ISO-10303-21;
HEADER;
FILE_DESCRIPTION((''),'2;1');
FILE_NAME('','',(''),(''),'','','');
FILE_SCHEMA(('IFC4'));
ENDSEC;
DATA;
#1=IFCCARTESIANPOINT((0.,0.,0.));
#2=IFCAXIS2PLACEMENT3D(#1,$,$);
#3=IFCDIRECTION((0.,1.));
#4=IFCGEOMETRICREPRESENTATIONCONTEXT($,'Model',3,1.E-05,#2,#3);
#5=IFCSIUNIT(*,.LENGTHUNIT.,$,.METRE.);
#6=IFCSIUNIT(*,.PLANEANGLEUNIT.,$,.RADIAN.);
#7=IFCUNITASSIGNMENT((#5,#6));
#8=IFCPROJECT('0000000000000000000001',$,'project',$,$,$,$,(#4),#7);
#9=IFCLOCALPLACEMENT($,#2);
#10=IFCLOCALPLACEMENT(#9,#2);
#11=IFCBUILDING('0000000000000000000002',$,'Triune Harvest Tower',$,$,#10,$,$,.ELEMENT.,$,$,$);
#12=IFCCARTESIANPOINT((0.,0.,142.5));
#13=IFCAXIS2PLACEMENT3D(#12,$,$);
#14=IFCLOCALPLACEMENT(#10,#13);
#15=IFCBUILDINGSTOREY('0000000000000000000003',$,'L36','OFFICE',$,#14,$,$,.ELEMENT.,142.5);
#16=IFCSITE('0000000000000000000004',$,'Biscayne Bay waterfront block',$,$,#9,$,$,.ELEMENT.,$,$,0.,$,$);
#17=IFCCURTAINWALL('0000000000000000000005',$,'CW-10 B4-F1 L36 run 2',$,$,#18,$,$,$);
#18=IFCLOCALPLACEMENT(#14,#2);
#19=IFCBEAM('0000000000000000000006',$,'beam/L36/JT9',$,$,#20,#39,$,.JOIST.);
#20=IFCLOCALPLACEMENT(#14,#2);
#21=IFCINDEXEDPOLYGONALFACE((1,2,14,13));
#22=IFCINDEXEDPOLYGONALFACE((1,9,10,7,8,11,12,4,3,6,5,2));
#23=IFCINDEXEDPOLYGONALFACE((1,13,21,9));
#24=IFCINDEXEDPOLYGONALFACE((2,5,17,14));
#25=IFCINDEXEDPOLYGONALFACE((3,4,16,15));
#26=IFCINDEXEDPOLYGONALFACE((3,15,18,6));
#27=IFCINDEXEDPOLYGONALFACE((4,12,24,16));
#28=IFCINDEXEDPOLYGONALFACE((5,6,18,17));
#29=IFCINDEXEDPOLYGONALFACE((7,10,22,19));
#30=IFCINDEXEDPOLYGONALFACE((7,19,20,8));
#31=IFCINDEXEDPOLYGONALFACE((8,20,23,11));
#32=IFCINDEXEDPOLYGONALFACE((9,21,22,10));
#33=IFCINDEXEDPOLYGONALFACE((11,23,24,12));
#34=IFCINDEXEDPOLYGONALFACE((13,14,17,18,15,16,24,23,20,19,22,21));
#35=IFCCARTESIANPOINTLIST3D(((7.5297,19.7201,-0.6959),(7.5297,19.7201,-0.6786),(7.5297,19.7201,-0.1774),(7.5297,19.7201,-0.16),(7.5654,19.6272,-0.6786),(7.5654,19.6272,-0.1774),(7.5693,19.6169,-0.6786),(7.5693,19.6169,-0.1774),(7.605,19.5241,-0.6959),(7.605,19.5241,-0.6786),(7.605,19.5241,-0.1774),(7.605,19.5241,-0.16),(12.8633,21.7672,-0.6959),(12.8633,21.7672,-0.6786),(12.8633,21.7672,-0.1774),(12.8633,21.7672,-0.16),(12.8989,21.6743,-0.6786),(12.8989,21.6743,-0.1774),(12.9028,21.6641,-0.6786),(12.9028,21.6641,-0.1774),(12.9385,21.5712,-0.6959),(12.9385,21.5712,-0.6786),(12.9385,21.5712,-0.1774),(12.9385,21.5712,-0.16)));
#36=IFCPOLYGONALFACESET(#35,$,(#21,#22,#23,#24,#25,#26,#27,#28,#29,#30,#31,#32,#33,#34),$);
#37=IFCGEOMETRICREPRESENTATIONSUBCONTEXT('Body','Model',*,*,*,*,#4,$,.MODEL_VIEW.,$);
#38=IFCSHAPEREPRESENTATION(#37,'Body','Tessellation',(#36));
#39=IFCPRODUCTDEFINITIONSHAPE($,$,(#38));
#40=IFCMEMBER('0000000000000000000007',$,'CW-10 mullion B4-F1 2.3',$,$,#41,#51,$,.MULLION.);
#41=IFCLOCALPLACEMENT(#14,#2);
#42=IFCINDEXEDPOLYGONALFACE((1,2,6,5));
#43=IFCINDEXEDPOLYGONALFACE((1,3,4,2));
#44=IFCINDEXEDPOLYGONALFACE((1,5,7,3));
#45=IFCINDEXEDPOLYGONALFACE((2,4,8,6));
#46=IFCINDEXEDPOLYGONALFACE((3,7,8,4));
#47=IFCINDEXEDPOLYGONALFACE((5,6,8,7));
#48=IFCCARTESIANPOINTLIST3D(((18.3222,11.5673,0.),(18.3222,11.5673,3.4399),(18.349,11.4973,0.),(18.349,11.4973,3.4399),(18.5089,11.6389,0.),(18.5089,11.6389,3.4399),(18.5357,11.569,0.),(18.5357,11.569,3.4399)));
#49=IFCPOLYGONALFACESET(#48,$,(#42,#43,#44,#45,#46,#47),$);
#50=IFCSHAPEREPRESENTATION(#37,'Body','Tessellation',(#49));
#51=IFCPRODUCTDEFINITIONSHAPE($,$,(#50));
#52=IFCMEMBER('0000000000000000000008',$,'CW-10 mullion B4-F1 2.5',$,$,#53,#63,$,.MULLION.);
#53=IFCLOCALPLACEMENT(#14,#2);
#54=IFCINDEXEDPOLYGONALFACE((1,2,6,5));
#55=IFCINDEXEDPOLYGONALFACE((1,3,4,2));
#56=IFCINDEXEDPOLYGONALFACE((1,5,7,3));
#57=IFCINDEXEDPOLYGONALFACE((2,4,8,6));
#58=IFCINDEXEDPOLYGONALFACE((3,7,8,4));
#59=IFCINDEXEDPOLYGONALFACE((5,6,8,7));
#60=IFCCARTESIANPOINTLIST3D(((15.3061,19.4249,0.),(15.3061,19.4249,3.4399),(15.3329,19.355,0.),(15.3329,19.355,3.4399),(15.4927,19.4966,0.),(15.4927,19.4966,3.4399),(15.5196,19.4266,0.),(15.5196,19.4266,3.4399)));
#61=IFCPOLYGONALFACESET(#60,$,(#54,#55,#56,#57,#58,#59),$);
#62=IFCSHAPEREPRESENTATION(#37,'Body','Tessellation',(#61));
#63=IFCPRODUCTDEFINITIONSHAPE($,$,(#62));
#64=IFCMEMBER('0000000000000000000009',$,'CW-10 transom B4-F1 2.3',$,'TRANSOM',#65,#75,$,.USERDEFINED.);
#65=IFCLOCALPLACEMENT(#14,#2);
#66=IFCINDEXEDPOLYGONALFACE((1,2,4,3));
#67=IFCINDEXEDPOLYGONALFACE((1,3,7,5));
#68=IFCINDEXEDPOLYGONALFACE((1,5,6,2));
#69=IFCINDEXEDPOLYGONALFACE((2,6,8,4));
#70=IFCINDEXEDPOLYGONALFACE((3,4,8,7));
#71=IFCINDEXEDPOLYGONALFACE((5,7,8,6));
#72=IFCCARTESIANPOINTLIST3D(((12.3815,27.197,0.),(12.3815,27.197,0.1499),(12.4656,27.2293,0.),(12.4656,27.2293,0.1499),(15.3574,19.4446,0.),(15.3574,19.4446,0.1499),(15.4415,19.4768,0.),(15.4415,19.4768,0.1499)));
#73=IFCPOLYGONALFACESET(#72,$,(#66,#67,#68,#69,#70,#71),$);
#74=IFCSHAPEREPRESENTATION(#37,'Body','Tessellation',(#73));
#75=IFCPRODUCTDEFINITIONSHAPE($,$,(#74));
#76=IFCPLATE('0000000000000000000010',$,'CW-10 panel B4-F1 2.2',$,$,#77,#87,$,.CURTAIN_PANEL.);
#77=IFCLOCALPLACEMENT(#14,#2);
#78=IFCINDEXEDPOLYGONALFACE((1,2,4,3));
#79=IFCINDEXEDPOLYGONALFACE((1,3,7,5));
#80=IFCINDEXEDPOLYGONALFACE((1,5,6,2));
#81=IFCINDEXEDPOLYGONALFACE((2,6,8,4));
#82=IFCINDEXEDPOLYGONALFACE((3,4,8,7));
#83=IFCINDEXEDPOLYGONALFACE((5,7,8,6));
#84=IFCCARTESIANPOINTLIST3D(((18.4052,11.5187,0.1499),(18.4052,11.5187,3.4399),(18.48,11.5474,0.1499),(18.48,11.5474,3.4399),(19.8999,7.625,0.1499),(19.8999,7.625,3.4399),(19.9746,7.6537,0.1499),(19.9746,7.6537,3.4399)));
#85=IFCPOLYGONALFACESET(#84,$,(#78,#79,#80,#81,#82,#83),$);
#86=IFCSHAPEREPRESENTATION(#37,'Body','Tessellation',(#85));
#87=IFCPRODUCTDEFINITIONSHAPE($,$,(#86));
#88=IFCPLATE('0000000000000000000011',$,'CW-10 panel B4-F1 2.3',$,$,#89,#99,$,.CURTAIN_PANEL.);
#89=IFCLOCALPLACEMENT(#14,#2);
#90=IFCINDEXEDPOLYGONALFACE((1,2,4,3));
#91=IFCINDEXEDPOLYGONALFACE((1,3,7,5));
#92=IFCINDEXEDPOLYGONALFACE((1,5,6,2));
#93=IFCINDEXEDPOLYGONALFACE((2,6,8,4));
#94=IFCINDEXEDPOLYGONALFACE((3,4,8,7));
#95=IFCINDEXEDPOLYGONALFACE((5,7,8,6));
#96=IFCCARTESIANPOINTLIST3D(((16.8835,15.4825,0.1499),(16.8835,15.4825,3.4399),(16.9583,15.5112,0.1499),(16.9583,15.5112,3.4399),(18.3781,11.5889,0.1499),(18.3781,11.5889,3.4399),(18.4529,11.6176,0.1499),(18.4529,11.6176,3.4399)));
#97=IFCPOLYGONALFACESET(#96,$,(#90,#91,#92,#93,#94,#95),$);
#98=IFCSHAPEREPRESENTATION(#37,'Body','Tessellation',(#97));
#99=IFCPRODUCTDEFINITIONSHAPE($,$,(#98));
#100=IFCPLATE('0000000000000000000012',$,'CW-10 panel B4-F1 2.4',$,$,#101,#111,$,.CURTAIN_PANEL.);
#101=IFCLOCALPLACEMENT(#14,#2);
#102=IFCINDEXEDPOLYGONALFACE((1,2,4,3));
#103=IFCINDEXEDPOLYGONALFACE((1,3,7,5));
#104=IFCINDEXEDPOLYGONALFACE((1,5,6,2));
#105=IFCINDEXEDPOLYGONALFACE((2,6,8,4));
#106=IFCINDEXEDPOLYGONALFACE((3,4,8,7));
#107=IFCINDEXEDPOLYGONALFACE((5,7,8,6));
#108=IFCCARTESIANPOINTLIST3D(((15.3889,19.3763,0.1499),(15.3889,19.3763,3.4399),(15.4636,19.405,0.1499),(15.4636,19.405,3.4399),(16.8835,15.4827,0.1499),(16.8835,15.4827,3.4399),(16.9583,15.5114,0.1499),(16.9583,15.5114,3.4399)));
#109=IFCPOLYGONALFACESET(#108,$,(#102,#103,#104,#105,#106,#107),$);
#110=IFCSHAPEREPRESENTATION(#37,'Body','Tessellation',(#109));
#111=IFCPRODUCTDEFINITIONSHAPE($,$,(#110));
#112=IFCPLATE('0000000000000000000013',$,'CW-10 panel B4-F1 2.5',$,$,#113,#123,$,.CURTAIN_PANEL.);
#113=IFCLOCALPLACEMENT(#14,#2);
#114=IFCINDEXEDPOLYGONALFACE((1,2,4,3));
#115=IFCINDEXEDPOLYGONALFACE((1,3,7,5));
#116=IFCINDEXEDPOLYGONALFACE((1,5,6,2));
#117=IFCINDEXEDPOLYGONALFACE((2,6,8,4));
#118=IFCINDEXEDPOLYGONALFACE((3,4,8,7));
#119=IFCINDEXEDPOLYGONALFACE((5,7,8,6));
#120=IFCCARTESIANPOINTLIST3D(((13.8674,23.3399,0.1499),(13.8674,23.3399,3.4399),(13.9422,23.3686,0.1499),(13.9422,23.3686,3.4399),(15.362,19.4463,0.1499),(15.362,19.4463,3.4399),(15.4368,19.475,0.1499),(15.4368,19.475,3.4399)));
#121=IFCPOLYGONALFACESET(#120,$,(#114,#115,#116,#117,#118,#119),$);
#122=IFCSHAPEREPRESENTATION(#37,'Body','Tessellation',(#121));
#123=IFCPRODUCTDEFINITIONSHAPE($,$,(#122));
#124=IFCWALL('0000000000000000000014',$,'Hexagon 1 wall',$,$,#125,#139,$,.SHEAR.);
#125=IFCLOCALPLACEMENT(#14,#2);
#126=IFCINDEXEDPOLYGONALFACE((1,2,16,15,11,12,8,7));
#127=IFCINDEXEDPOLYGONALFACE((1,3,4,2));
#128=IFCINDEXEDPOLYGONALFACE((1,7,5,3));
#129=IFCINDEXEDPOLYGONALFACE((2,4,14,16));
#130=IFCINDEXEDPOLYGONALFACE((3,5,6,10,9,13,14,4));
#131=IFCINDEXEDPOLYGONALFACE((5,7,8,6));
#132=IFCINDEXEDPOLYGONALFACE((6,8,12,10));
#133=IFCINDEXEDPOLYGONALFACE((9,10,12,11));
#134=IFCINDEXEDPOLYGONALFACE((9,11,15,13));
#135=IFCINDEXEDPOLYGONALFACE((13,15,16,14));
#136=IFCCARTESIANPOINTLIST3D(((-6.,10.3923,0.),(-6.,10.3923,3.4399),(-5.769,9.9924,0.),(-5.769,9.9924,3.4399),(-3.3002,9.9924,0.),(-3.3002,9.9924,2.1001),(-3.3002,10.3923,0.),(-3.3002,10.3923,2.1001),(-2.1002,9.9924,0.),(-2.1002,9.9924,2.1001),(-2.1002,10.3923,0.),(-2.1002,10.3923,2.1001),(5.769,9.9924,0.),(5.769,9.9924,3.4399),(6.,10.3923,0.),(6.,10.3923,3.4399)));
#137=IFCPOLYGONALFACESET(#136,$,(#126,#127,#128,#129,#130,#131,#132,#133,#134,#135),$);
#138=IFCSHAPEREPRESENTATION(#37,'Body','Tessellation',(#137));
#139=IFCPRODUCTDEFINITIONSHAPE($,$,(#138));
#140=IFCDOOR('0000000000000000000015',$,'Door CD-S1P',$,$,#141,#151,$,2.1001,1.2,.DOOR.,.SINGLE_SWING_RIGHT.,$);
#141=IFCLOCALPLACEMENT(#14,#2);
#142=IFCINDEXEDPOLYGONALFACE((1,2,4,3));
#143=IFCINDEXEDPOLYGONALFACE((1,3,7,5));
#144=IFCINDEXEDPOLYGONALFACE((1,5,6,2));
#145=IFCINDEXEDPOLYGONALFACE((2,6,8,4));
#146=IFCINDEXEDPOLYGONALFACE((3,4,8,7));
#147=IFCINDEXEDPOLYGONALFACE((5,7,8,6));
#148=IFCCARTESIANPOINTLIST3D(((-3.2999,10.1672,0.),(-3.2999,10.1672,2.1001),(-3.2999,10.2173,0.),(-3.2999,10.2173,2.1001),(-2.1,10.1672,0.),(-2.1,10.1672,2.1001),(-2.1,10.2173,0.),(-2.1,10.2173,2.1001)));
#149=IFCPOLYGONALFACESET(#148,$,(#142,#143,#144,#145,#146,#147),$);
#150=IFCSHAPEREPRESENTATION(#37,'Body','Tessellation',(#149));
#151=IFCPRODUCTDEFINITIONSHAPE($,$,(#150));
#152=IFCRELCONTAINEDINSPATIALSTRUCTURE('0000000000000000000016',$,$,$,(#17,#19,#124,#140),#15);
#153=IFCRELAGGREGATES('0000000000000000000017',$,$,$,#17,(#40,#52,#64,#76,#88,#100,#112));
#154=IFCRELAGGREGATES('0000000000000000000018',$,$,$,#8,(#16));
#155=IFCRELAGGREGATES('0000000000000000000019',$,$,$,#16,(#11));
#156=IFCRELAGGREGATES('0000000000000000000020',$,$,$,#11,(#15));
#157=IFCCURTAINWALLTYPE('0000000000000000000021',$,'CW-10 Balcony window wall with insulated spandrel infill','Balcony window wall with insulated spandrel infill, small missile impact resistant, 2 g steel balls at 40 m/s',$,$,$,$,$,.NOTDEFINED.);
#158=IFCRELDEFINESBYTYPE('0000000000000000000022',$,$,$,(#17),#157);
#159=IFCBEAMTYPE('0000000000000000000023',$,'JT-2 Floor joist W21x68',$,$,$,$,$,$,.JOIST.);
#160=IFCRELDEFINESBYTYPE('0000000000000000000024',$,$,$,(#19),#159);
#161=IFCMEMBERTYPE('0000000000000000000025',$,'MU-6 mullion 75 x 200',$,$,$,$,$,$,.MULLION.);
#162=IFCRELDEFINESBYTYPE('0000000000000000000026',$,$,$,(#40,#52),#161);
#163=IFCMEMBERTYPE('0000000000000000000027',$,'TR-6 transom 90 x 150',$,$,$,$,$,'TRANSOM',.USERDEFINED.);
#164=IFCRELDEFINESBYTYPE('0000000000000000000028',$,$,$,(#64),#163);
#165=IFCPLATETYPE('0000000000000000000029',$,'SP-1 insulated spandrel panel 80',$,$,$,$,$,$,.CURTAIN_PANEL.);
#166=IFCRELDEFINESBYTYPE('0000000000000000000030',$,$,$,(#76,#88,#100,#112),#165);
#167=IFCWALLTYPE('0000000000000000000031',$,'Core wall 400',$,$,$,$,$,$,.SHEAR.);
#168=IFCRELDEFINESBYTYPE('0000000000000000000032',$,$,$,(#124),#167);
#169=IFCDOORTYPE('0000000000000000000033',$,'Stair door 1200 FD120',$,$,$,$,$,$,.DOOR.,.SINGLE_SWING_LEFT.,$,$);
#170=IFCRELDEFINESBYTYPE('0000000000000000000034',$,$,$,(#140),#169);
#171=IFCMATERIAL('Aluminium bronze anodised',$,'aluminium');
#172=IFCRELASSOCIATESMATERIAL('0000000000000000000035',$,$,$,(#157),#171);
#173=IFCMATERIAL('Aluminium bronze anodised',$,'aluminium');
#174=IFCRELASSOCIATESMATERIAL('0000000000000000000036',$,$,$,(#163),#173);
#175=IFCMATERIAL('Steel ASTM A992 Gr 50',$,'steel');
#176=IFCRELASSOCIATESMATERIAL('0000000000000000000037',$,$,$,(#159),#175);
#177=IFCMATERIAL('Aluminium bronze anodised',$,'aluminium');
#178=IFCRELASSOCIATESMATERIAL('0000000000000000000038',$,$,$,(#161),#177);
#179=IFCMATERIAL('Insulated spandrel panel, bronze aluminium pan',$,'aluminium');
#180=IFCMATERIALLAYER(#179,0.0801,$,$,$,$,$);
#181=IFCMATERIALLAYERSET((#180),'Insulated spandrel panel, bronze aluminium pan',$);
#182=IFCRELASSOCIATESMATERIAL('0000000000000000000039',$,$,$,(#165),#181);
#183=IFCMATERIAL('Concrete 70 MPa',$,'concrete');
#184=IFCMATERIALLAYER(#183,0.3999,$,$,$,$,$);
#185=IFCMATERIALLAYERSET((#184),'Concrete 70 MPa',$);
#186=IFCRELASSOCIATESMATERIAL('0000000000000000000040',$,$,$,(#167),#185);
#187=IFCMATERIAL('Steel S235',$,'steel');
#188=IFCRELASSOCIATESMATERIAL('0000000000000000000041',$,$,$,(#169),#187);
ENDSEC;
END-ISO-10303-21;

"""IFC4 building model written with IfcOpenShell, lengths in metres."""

from ifc_helpers import new_model, si_unit, direction, frame, frame_2d, origin, origin_2d, place, context, subcontext, project, spatial, polyline, rectangle, i_section, outline, extrude, source, transform, mapped, material, layer, layer_set, material_profile, profile_set, type_object, element, fill, aggregate, save


model = new_model("IFC4")

# Units and contexts
model_context = context("Model", 3, precision=1e-05, world=origin(), true_north=direction((0.0, 1.0)))
body_context = subcontext(model_context, "Body", "Model", "MODEL_VIEW")
ifc_project = project(units=[si_unit("LENGTHUNIT", "METRE"), si_unit("PLANEANGLEUNIT", "RADIAN")], contexts=[model_context])

# Site, building, storey
site_placement = place(None, origin())
site = spatial("IfcSite", under=ifc_project, at=site_placement, Name="Biscayne Bay waterfront block", CompositionType="ELEMENT", RefElevation=0.0)
building_placement = place(site_placement, origin())
building = spatial("IfcBuilding", under=site, at=building_placement, Name="Triune Harvest Tower", CompositionType="ELEMENT")
storey_placement = place(building_placement, frame((0.0, 0.0, 142.5)))
storey = spatial("IfcBuildingStorey", under=building, at=storey_placement, Name="L36", Description="OFFICE", CompositionType="ELEMENT", Elevation=142.5)

# Curtain wall
ifc_material_1 = material(Name="Aluminium bronze anodised", Category="aluminium")
curtain_wall_type = type_object("IfcCurtainWallType", Name="CW-10 Balcony window wall with insulated spandrel infill", Description="Balcony window wall with insulated spandrel infill, small missile impact resistant, 2 g steel balls at 40 m/s", PredefinedType="NOTDEFINED", material=ifc_material_1)
curtain_wall_placement = place(storey_placement, origin())
curtain_wall = element("IfcCurtainWall", 1, at=curtain_wall_placement, inside=storey, type_object=curtain_wall_type, Name="CW-10 B4-F1 L36 run 2")
ifc_material_2 = material(Name="Aluminium bronze anodised", Category="aluminium")
ifc_material_profile_1 = material_profile(ifc_material_2, rectangle(XDim=0.0901, YDim=0.1499, at=origin_2d()), Name="TR-6 transom 90 x 150")
ifc_profile_set_1 = profile_set([ifc_material_profile_1], Name="Aluminium bronze anodised")
member_type_1 = type_object("IfcMemberType", Name="TR-6 transom 90 x 150", ElementType="TRANSOM", PredefinedType="USERDEFINED", material=ifc_profile_set_1)

# Beam
ifc_material_3 = material(Name="Steel ASTM A992 Gr 50", Category="steel")
ifc_material_profile_2 = material_profile(ifc_material_3, i_section(OverallWidth=0.21, OverallDepth=0.5359, WebThickness=0.011, FlangeThickness=0.0173, at=origin_2d()), Name="W21x68")
ifc_profile_set_2 = profile_set([ifc_material_profile_2], Name="Steel ASTM A992 Gr 50")
beam_type_1 = type_object("IfcBeamType", Name="JT-2 Floor joist W21x68", PredefinedType="JOIST", material=ifc_profile_set_2)
shared_shape_1 = source(origin(), body_context, "Body", "SweptSolid", [
    extrude(i_section(OverallWidth=0.21, OverallDepth=0.5359, WebThickness=0.011, FlangeThickness=0.0173, at=origin_2d()), origin(), (0.0, 0.0, 1.0), 5.7129),
])
beam_1_placement = place(storey_placement, frame((12.9009, 21.6692, -0.428), z_axis=(-0.933593, -0.358335, 0.0), x_axis=(0.358335, -0.933593, 0.0)))
element("IfcBeam", 2, at=beam_1_placement, inside=storey, type_object=beam_type_1, Name="beam/L36/JT9", PredefinedType="JOIST", context=body_context, shape_type="MappedRepresentation", body=[
    mapped(shared_shape_1, transform((0.0, 0.0, 0.0), scale=1.0)),
])

# Members
ifc_material_4 = material(Name="Aluminium bronze anodised", Category="aluminium")
ifc_material_profile_3 = material_profile(ifc_material_4, rectangle(XDim=0.2, YDim=0.075, at=origin_2d()), Name="MU-6 mullion 75 x 200")
ifc_profile_set_3 = profile_set([ifc_material_profile_3], Name="Aluminium bronze anodised")
member_type_2 = type_object("IfcMemberType", Name="MU-6 mullion 75 x 200", PredefinedType="MULLION", material=ifc_profile_set_3)
shared_shape_2 = source(origin(), body_context, "Body", "SweptSolid", [
    extrude(rectangle(XDim=0.2, YDim=0.075, at=origin_2d()), origin(), (0.0, 0.0, 1.0), 3.4399),
])
member_1_placement = place(storey_placement, frame((18.429, 11.5681, 0.0), z_axis=(0.0, 0.0, 1.0), x_axis=(-0.93358, -0.358368, 0.0)))
member_1 = element("IfcMember", 3, at=member_1_placement, type_object=member_type_2, Name="CW-10 mullion B4-F1 2.3", PredefinedType="MULLION", context=body_context, shape_type="MappedRepresentation", body=[
    mapped(shared_shape_2, transform((0.0, 0.0, 0.0), scale=1.0)),
])
member_2_placement = place(storey_placement, frame((15.4128, 19.4258, 0.0), z_axis=(0.0, 0.0, 1.0), x_axis=(-0.93358, -0.358368, 0.0)))
member_2 = element("IfcMember", 4, at=member_2_placement, type_object=member_type_2, Name="CW-10 mullion B4-F1 2.5", PredefinedType="MULLION", context=body_context, shape_type="MappedRepresentation", body=[
    mapped(shared_shape_2, transform((0.0, 0.0, 0.0), scale=1.0)),
])
shared_shape_3 = source(origin(), body_context, "Body", "SweptSolid", [
    extrude(rectangle(XDim=0.0901, YDim=0.1499, at=origin_2d()), origin(), (0.0, 0.0, 1.0), 8.304),
])
member_3_placement = place(storey_placement, frame((15.3994, 19.4607, 0.075), z_axis=(-0.358362, 0.933583, 0.0), x_axis=(-0.933583, -0.358362, 0.0)))
member_3 = element("IfcMember", 5, at=member_3_placement, type_object=member_type_1, Name="CW-10 transom B4-F1 2.3", ObjectType="TRANSOM", PredefinedType="USERDEFINED", context=body_context, shape_type="MappedRepresentation", body=[
    mapped(shared_shape_3, transform((0.0, 0.0, 0.0), scale=1.0)),
])

# Plates
ifc_material_5 = material(Name="Insulated spandrel panel, bronze aluminium pan", Category="aluminium")
ifc_layer_1 = layer(ifc_material_5, 0.0801)
ifc_layer_set_1 = layer_set([ifc_layer_1], Name="Insulated spandrel panel, bronze aluminium pan")
plate_type = type_object("IfcPlateType", Name="SP-1 insulated spandrel panel 80", PredefinedType="CURTAIN_PANEL", material=ifc_layer_set_1)
shared_shape_4 = source(origin(), body_context, "Body", "SweptSolid", [
    extrude(rectangle(XDim=4.1707, YDim=0.0801, at=origin_2d()), origin(), (0.0, 0.0, 1.0), 3.29),
])
plate_1_placement = place(storey_placement, frame((19.1899, 9.5862, 0.1499), z_axis=(0.0, 0.0, 1.0), x_axis=(-0.358368, 0.93358, 0.0)))
plate_1 = element("IfcPlate", 6, at=plate_1_placement, type_object=plate_type, Name="CW-10 panel B4-F1 2.2", PredefinedType="CURTAIN_PANEL", context=body_context, shape_type="MappedRepresentation", body=[
    mapped(shared_shape_4, transform((0.0, 0.0, 0.0), scale=1.0)),
])
plate_2_placement = place(storey_placement, frame((17.6682, 13.55, 0.1499), z_axis=(0.0, 0.0, 1.0), x_axis=(-0.358368, 0.93358, 0.0)))
plate_2 = element("IfcPlate", 7, at=plate_2_placement, type_object=plate_type, Name="CW-10 panel B4-F1 2.3", PredefinedType="CURTAIN_PANEL", context=body_context, shape_type="MappedRepresentation", body=[
    mapped(shared_shape_4, transform((0.0, 0.0, 0.0), scale=1.0)),
])
plate_3_placement = place(storey_placement, frame((16.1736, 17.4438, 0.1499), z_axis=(0.0, 0.0, 1.0), x_axis=(-0.358368, 0.93358, 0.0)))
plate_3 = element("IfcPlate", 8, at=plate_3_placement, type_object=plate_type, Name="CW-10 panel B4-F1 2.4", PredefinedType="CURTAIN_PANEL", context=body_context, shape_type="MappedRepresentation", body=[
    mapped(shared_shape_4, transform((0.0, 0.0, 0.0), scale=1.0)),
])
plate_4_placement = place(storey_placement, frame((14.6521, 21.4075, 0.1499), z_axis=(0.0, 0.0, 1.0), x_axis=(-0.358368, 0.93358, 0.0)))
plate_4 = element("IfcPlate", 9, at=plate_4_placement, type_object=plate_type, Name="CW-10 panel B4-F1 2.5", PredefinedType="CURTAIN_PANEL", context=body_context, shape_type="MappedRepresentation", body=[
    mapped(shared_shape_4, transform((0.0, 0.0, 0.0), scale=1.0)),
])
aggregate(curtain_wall, [member_1, member_2, member_3, plate_1, plate_2, plate_3, plate_4])

# Wall, opening, door
ifc_material_6 = material(Name="Concrete 70 MPa", Category="concrete")
ifc_layer_2 = layer(ifc_material_6, 0.3999)
ifc_layer_set_2 = layer_set([ifc_layer_2], Name="Concrete 70 MPa")
wall_type_1 = type_object("IfcWallType", Name="Core wall 400", PredefinedType="SHEAR", material=ifc_layer_set_2)
shared_shape_5 = source(origin(), body_context, "Body", "SweptSolid", [
    extrude(outline(polyline([(-0.1155, -0.2), (11.8845, -0.2), (11.6536, 0.2), (0.1155, 0.2), (-0.1155, -0.2)])), origin(), (0.0, 0.0, 1.0), 3.4399),
])
wall_1_placement = place(storey_placement, frame((5.8845, 10.1924, 0.0), z_axis=(0.0, 0.0, 1.0), x_axis=(-1.0, 0.0, 0.0)))
wall_1 = element("IfcWall", 10, at=wall_1_placement, inside=storey, type_object=wall_type_1, Name="Hexagon 1 wall", PredefinedType="SHEAR", context=body_context, shape_type="MappedRepresentation", body=[
    mapped(shared_shape_5, transform((0.0, 0.0, 0.0), scale=1.0)),
])
opening_1_placement = place(wall_1_placement, frame((7.9846, 0.0, 0.0)))
opening_1 = element("IfcOpeningElement", 11, at=opening_1_placement, cuts=wall_1, PredefinedType="OPENING", context=body_context, shape_type="SweptSolid", body=[
    extrude(rectangle(XDim=1.2, YDim=2.1001, at=frame_2d((0.6001, 1.05))), frame((0.0, 0.21, 0.0), z_axis=(0.0, -1.0, 0.0), x_axis=(1.0, 0.0, 0.0)), (0.0, 0.0, 1.0), 0.4199),
])
ifc_material_7 = material(Name="Steel S235", Category="steel")
door_type_1 = type_object("IfcDoorType", Name="Stair door 1200 FD120", OperationType="SINGLE_SWING_LEFT", PredefinedType="DOOR", material=ifc_material_7)
door_1_placement = place(opening_1_placement, frame((1.2, 0.0, 0.0), z_axis=(0.0, 0.0, 1.0), x_axis=(-1.0, 0.0, 0.0)))
door_1 = element("IfcDoor", 12, at=door_1_placement, inside=storey, type_object=door_type_1, Name="Door CD-S1P", OperationType="SINGLE_SWING_RIGHT", OverallHeight=2.1001, OverallWidth=1.2, PredefinedType="DOOR", context=body_context, shape_type="SweptSolid", body=[
    extrude(rectangle(XDim=1.2, YDim=2.1001, at=frame_2d((0.6001, 1.05))), frame((0.0, 0.0249, 0.0), z_axis=(0.0, -1.0, 0.0), x_axis=(1.0, 0.0, 0.0)), (0.0, 0.0, 1.0), 0.05),
])
fill(opening_1, door_1)

save(model, "model.ifc")
